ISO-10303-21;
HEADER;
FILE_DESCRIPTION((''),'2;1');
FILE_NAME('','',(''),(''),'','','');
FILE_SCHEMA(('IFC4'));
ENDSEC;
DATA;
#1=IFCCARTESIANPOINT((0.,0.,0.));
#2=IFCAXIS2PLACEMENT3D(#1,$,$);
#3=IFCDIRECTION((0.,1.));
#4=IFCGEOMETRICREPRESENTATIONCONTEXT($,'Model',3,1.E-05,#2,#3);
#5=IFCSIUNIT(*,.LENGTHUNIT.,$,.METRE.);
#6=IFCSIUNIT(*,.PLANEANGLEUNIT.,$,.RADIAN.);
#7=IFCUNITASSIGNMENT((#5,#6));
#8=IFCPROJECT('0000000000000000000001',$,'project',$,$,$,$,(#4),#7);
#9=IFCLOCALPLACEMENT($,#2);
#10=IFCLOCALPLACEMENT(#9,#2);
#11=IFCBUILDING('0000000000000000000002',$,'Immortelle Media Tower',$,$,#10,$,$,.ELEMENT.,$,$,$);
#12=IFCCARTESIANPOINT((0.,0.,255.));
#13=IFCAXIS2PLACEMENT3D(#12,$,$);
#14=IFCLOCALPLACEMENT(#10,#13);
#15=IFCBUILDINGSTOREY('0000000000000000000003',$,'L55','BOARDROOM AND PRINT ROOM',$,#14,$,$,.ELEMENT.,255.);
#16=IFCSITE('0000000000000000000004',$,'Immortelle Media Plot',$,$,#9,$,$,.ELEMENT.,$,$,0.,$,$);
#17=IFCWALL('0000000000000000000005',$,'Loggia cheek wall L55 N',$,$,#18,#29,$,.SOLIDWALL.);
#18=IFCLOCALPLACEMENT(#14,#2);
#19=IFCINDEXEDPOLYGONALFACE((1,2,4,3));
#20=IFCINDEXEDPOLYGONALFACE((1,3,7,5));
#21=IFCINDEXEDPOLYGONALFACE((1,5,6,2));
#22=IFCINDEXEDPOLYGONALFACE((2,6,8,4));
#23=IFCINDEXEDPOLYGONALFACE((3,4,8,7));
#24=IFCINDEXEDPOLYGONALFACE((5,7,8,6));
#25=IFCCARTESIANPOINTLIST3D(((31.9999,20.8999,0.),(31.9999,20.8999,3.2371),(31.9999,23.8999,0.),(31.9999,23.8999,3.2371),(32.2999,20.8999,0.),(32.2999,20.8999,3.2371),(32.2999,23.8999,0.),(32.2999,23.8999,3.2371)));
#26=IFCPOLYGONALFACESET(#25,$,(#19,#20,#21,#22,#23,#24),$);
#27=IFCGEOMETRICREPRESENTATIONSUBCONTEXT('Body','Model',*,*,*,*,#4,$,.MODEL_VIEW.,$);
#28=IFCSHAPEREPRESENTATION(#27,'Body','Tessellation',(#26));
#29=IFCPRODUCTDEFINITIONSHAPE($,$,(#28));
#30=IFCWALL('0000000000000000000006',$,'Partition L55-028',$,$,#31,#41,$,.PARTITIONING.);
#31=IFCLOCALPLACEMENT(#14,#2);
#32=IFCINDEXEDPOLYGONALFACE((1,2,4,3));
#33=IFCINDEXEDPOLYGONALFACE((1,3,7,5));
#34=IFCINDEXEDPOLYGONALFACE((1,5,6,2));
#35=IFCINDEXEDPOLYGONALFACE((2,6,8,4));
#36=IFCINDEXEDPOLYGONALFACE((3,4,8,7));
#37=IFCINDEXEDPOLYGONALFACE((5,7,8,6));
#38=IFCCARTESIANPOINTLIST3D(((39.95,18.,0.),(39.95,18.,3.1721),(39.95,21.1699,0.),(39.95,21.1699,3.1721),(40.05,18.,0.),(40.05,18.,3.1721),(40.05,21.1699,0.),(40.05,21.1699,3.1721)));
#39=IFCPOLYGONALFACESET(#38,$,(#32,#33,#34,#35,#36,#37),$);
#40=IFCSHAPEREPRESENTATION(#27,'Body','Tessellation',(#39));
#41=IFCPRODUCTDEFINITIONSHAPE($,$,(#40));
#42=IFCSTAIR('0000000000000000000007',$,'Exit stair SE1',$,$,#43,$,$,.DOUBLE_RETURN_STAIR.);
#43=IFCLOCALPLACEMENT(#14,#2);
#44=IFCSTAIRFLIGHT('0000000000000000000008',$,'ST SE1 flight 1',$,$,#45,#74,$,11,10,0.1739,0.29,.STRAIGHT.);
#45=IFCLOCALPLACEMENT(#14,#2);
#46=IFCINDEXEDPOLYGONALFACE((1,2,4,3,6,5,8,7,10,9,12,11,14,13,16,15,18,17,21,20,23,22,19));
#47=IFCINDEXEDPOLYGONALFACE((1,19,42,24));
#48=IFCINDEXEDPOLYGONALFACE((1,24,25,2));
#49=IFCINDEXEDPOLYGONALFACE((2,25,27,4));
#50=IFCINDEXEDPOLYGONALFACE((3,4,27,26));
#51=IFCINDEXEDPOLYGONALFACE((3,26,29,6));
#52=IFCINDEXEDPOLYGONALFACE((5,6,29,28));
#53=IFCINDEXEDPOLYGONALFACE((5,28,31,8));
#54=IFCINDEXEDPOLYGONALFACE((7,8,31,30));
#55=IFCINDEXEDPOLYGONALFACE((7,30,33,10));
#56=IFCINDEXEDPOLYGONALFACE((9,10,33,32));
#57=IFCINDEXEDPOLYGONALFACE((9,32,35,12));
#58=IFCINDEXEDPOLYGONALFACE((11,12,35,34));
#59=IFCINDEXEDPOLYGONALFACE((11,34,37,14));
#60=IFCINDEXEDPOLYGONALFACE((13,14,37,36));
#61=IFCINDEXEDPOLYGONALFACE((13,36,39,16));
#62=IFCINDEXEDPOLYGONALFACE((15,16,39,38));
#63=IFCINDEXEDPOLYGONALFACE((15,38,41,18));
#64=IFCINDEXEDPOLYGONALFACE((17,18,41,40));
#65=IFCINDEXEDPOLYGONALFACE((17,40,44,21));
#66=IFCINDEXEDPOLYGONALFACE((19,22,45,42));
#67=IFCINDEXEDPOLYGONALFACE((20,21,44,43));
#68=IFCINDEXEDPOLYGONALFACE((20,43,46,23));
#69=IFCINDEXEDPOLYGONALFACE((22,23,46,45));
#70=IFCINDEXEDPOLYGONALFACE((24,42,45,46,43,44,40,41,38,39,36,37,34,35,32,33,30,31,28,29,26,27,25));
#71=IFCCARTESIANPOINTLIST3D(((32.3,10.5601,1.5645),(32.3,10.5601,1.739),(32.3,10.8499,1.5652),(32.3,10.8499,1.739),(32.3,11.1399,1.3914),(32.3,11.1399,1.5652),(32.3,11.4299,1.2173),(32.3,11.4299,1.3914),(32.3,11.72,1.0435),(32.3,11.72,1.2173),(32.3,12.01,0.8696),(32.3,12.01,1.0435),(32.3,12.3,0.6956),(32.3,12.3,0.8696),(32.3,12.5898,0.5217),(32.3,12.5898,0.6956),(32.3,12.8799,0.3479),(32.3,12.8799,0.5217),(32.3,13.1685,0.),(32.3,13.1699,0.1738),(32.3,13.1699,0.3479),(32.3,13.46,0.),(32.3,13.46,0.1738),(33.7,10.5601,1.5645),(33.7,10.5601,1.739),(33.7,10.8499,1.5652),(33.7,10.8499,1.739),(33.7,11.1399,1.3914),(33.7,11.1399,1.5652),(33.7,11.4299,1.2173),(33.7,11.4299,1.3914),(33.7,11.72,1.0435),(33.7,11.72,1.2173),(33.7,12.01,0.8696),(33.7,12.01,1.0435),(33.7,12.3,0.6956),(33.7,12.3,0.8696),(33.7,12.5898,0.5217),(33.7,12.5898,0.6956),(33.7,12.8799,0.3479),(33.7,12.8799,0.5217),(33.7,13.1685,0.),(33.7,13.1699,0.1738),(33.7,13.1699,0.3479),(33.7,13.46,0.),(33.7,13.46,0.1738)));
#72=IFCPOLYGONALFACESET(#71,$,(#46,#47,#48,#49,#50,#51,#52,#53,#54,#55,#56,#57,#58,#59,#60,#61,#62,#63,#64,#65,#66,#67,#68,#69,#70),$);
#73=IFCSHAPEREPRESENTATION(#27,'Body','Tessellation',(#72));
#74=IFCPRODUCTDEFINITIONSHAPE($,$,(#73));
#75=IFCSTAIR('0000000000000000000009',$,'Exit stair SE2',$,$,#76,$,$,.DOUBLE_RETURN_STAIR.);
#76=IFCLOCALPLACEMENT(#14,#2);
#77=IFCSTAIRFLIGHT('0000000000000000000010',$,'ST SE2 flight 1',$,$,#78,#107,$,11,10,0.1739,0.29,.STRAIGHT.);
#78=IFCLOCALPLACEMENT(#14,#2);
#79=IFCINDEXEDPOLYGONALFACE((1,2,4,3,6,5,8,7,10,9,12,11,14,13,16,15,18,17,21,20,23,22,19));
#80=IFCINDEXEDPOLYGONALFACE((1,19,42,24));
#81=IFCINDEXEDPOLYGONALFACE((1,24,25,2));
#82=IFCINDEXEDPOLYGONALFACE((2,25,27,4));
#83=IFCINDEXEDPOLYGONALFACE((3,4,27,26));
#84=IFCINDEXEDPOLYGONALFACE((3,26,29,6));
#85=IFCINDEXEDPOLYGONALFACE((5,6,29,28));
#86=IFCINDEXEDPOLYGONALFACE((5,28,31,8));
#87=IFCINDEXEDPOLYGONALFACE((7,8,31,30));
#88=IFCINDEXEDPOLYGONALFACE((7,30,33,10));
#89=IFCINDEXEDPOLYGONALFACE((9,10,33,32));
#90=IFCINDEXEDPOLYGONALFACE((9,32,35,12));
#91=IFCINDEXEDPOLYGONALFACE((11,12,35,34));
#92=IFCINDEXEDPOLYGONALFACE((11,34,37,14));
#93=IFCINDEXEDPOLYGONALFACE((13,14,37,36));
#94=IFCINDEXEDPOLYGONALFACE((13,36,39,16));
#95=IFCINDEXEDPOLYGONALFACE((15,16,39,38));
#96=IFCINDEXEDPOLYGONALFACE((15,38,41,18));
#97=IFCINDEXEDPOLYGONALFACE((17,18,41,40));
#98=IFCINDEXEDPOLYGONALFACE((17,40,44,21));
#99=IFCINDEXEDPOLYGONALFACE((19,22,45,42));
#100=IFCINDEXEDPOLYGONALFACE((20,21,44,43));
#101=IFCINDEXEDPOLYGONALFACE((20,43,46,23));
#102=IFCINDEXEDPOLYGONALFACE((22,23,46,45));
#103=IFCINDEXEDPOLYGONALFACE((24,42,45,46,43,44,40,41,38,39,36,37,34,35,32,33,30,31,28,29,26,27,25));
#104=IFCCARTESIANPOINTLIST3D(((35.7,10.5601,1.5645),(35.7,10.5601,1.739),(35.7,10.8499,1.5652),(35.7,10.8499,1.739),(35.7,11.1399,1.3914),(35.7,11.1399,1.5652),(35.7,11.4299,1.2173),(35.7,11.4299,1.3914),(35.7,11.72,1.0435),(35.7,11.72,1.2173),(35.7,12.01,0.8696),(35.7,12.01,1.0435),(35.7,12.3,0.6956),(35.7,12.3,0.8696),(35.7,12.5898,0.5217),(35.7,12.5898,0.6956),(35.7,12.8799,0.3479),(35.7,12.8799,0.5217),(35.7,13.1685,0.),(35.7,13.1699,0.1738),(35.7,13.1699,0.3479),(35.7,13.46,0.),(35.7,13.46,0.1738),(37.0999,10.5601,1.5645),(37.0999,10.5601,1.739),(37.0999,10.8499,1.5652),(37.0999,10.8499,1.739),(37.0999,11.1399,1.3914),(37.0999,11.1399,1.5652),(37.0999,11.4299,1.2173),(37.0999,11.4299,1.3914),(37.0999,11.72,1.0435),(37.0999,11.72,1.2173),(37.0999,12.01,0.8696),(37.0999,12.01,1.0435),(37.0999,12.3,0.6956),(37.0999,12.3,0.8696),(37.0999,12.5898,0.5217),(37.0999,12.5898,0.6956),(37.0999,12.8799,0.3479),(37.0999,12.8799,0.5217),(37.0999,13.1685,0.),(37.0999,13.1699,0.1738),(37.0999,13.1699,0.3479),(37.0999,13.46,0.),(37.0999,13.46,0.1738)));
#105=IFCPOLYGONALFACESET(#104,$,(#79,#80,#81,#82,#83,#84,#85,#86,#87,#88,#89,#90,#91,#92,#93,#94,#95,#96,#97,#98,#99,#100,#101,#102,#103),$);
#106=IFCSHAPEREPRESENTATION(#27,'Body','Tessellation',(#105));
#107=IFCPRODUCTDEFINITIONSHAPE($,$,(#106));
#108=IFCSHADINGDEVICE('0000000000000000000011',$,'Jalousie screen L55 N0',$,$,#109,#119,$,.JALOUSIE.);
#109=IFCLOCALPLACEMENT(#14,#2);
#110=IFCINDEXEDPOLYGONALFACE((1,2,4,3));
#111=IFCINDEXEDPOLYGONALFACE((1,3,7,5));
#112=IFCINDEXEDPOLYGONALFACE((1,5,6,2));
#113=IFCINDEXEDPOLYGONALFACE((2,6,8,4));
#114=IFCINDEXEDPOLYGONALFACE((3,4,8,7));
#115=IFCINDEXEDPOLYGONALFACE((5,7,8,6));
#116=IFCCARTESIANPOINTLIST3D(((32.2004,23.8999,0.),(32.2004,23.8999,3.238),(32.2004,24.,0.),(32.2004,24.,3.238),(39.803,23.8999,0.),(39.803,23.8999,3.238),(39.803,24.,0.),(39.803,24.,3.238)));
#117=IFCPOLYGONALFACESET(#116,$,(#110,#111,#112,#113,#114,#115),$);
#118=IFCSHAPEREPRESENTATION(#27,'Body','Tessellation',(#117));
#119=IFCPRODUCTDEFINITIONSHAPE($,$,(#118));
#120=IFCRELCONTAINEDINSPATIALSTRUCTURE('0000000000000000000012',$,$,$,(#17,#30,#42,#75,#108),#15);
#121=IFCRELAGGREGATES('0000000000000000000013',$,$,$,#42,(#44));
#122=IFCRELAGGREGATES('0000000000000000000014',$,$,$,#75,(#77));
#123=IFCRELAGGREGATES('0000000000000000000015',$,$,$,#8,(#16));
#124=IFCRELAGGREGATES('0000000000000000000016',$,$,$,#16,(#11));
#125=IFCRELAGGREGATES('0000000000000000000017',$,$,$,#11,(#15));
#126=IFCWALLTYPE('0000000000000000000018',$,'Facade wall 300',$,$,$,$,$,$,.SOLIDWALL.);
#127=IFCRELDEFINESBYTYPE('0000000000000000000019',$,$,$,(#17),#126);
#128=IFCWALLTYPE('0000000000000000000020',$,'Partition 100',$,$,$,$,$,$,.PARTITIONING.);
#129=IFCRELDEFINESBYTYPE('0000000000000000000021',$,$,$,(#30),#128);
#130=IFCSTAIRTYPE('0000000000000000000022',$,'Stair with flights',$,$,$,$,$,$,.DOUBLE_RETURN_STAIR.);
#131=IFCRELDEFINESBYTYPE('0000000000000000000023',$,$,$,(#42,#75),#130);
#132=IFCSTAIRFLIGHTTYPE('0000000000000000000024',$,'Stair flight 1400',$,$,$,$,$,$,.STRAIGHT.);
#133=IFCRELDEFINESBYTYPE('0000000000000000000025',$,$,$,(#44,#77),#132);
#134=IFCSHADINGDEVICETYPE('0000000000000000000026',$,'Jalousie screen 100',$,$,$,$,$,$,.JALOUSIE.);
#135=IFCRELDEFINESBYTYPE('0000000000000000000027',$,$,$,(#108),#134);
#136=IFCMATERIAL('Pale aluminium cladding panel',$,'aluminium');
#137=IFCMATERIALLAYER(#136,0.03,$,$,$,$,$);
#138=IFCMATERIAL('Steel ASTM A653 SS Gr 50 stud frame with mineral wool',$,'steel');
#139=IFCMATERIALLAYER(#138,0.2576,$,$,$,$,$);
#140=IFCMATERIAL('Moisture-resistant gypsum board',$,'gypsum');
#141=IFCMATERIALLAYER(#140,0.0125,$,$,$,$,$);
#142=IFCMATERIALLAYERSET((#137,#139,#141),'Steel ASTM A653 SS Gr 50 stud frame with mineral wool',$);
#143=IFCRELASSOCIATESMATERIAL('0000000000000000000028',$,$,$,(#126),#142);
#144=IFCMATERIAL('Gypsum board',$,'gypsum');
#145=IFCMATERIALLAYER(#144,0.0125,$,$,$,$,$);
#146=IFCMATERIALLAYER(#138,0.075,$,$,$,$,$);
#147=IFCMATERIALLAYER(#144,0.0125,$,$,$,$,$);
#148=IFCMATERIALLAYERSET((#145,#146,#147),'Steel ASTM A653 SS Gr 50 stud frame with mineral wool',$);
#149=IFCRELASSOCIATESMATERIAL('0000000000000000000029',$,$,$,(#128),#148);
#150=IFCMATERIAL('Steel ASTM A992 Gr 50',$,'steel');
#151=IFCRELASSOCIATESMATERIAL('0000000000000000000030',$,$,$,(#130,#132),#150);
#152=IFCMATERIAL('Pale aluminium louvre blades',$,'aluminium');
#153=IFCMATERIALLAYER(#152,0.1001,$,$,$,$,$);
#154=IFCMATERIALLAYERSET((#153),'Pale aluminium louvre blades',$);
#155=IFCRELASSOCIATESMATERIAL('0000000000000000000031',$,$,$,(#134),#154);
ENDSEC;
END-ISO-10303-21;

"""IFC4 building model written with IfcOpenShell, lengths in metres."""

from ifc_helpers import new_model, si_unit, direction, frame, frame_2d, origin, origin_2d, place, context, subcontext, project, spatial, polyline, rectangle, outline, extrude, material, layer, layer_set, type_object, element, aggregate, save


model = new_model("IFC4")

# Units and contexts
model_context = context("Model", 3, precision=1e-05, world=origin(), true_north=direction((0.0, 1.0)))
body_context = subcontext(model_context, "Body", "Model", "MODEL_VIEW")
ifc_project = project(units=[si_unit("LENGTHUNIT", "METRE"), si_unit("PLANEANGLEUNIT", "RADIAN")], contexts=[model_context])

# Site, building, storey
site_placement = place(None, origin())
site = spatial("IfcSite", under=ifc_project, at=site_placement, Name="Immortelle Media Plot", CompositionType="ELEMENT", RefElevation=0.0)
building_placement = place(site_placement, origin())
building = spatial("IfcBuilding", under=site, at=building_placement, Name="Immortelle Media Tower", CompositionType="ELEMENT")
storey_placement = place(building_placement, frame((0.0, 0.0, 255.0)))
storey = spatial("IfcBuildingStorey", under=building, at=storey_placement, Name="L55", Description="BOARDROOM AND PRINT ROOM", CompositionType="ELEMENT", Elevation=255.0)

# Shared definitions
ifc_material_1 = material(Name="Steel ASTM A992 Gr 50", Category="steel")

# Shared definitions
ifc_material_2 = material(Name="Steel ASTM A653 SS Gr 50 stud frame with mineral wool", Category="steel")

# Shared definitions
ifc_material_3 = material(Name="Pale aluminium cladding panel", Category="aluminium")
ifc_layer_1 = layer(ifc_material_3, 0.03)
ifc_layer_2 = layer(ifc_material_2, 0.2576)
ifc_material_4 = material(Name="Moisture-resistant gypsum board", Category="gypsum")
ifc_layer_3 = layer(ifc_material_4, 0.0125)
ifc_layer_set_1 = layer_set([ifc_layer_1, ifc_layer_2, ifc_layer_3], Name="Steel ASTM A653 SS Gr 50 stud frame with mineral wool")
wall_type_1 = type_object("IfcWallType", Name="Facade wall 300", PredefinedType="SOLIDWALL", material=ifc_layer_set_1)

# Walls
wall_1_placement = place(storey_placement, frame((32.1499, 23.8999, 0.0), z_axis=(0.0, 0.0, 1.0), x_axis=(0.0, -1.0, 0.0)))
element("IfcWall", 1, at=wall_1_placement, inside=storey, type_object=wall_type_1, Name="Loggia cheek wall L55 N", PredefinedType="SOLIDWALL", context=body_context, shape_type="SweptSolid", body=[
    extrude(rectangle(XDim=3.0, YDim=0.3, at=frame_2d((1.5, 0.0))), origin(), (0.0, 0.0, 1.0), 3.2371),
])
ifc_material_5 = material(Name="Gypsum board", Category="gypsum")
ifc_layer_4 = layer(ifc_material_5, 0.0125)
ifc_layer_5 = layer(ifc_material_2, 0.075)
ifc_layer_6 = layer(ifc_material_5, 0.0125)
ifc_layer_set_2 = layer_set([ifc_layer_4, ifc_layer_5, ifc_layer_6], Name="Steel ASTM A653 SS Gr 50 stud frame with mineral wool")
wall_type_2 = type_object("IfcWallType", Name="Partition 100", PredefinedType="PARTITIONING", material=ifc_layer_set_2)
wall_2_placement = place(storey_placement, frame((40.0, 18.0, 0.0), z_axis=(0.0, 0.0, 1.0), x_axis=(0.0, 1.0, 0.0)))
element("IfcWall", 2, at=wall_2_placement, inside=storey, type_object=wall_type_2, Name="Partition L55-028", PredefinedType="PARTITIONING", context=body_context, shape_type="SweptSolid", body=[
    extrude(rectangle(XDim=3.1699, YDim=0.1001, at=frame_2d((1.585, 0.0))), origin(), (0.0, 0.0, 1.0), 3.1721),
])

# Stairs, stair flights
stair_type = type_object("IfcStairType", Name="Stair with flights", PredefinedType="DOUBLE_RETURN_STAIR", material=ifc_material_1)
stair_1_placement = place(storey_placement, origin())
stair_1 = element("IfcStair", 3, at=stair_1_placement, inside=storey, type_object=stair_type, Name="Exit stair SE1", PredefinedType="DOUBLE_RETURN_STAIR")
stair_flight_type = type_object("IfcStairFlightType", Name="Stair flight 1400", PredefinedType="STRAIGHT", material=ifc_material_1)
stair_flight_1_placement = place(storey_placement, frame((33.0, 13.46, 0.0), z_axis=(0.0, 0.0, 1.0), x_axis=(0.0, -1.0, 0.0)))
stair_flight_1 = element("IfcStairFlight", 4, at=stair_flight_1_placement, type_object=stair_flight_type, Name="ST SE1 flight 1", NumberOfRisers=11, NumberOfTreads=10, PredefinedType="STRAIGHT", RiserHeight=0.1739, TreadLength=0.29, context=body_context, shape_type="SweptSolid", body=[
    extrude(outline(polyline([(0.0, 0.0), (0.0, 0.1738), (0.29, 0.1738), (0.29, 0.3479), (0.5801, 0.3479), (0.5801, 0.5217), (0.8701, 0.5217), (0.8701, 0.6956), (1.1599, 0.6956), (1.1599, 0.8696), (1.45, 0.8696), (1.45, 1.0435), (1.74, 1.0435), (1.74, 1.2173), (2.03, 1.2173), (2.03, 1.3914), (2.3201, 1.3914), (2.3201, 1.5652), (2.6101, 1.5652), (2.6101, 1.739), (2.8999, 1.739), (2.8999, 1.9131), (2.8999, 1.5645), (0.2915, 0.0), (0.0, 0.0)])), frame((0.0, 0.7, 0.0), z_axis=(0.0, -1.0, 0.0), x_axis=(1.0, 0.0, 0.0)), (0.0, 0.0, 1.0), 1.3999),
])
aggregate(stair_1, [stair_flight_1])
stair_2_placement = place(storey_placement, origin())
stair_2 = element("IfcStair", 5, at=stair_2_placement, inside=storey, type_object=stair_type, Name="Exit stair SE2", PredefinedType="DOUBLE_RETURN_STAIR")
stair_flight_2_placement = place(storey_placement, frame((36.3999, 13.46, 0.0), z_axis=(0.0, 0.0, 1.0), x_axis=(0.0, -1.0, 0.0)))
stair_flight_2 = element("IfcStairFlight", 6, at=stair_flight_2_placement, type_object=stair_flight_type, Name="ST SE2 flight 1", NumberOfRisers=11, NumberOfTreads=10, PredefinedType="STRAIGHT", RiserHeight=0.1739, TreadLength=0.29, context=body_context, shape_type="SweptSolid", body=[
    extrude(outline(polyline([(0.0, 0.0), (0.0, 0.1738), (0.29, 0.1738), (0.29, 0.3479), (0.5801, 0.3479), (0.5801, 0.5217), (0.8701, 0.5217), (0.8701, 0.6956), (1.1599, 0.6956), (1.1599, 0.8696), (1.45, 0.8696), (1.45, 1.0435), (1.74, 1.0435), (1.74, 1.2173), (2.03, 1.2173), (2.03, 1.3914), (2.3201, 1.3914), (2.3201, 1.5652), (2.6101, 1.5652), (2.6101, 1.739), (2.8999, 1.739), (2.8999, 1.9131), (2.8999, 1.5645), (0.2915, 0.0), (0.0, 0.0)])), frame((0.0, 0.7, 0.0), z_axis=(0.0, -1.0, 0.0), x_axis=(1.0, 0.0, 0.0)), (0.0, 0.0, 1.0), 1.3999),
])
aggregate(stair_2, [stair_flight_2])

# Shading device
ifc_material_6 = material(Name="Pale aluminium louvre blades", Category="aluminium")
ifc_layer_7 = layer(ifc_material_6, 0.1001)
ifc_layer_set_3 = layer_set([ifc_layer_7], Name="Pale aluminium louvre blades")
shading_device_type = type_object("IfcShadingDeviceType", Name="Jalousie screen 100", PredefinedType="JALOUSIE", material=ifc_layer_set_3)
shading_device_placement = place(storey_placement, frame((36.0017, 23.95, 0.0), z_axis=(0.0, 0.0, 1.0), x_axis=(-1.0, 0.0, 0.0)))
element("IfcShadingDevice", 7, at=shading_device_placement, inside=storey, type_object=shading_device_type, Name="Jalousie screen L55 N0", PredefinedType="JALOUSIE", context=body_context, shape_type="SweptSolid", body=[
    extrude(rectangle(XDim=7.6025, YDim=0.1001, at=origin_2d()), origin(), (0.0, 0.0, 1.0), 3.238),
])

save(model, "model.ifc")
